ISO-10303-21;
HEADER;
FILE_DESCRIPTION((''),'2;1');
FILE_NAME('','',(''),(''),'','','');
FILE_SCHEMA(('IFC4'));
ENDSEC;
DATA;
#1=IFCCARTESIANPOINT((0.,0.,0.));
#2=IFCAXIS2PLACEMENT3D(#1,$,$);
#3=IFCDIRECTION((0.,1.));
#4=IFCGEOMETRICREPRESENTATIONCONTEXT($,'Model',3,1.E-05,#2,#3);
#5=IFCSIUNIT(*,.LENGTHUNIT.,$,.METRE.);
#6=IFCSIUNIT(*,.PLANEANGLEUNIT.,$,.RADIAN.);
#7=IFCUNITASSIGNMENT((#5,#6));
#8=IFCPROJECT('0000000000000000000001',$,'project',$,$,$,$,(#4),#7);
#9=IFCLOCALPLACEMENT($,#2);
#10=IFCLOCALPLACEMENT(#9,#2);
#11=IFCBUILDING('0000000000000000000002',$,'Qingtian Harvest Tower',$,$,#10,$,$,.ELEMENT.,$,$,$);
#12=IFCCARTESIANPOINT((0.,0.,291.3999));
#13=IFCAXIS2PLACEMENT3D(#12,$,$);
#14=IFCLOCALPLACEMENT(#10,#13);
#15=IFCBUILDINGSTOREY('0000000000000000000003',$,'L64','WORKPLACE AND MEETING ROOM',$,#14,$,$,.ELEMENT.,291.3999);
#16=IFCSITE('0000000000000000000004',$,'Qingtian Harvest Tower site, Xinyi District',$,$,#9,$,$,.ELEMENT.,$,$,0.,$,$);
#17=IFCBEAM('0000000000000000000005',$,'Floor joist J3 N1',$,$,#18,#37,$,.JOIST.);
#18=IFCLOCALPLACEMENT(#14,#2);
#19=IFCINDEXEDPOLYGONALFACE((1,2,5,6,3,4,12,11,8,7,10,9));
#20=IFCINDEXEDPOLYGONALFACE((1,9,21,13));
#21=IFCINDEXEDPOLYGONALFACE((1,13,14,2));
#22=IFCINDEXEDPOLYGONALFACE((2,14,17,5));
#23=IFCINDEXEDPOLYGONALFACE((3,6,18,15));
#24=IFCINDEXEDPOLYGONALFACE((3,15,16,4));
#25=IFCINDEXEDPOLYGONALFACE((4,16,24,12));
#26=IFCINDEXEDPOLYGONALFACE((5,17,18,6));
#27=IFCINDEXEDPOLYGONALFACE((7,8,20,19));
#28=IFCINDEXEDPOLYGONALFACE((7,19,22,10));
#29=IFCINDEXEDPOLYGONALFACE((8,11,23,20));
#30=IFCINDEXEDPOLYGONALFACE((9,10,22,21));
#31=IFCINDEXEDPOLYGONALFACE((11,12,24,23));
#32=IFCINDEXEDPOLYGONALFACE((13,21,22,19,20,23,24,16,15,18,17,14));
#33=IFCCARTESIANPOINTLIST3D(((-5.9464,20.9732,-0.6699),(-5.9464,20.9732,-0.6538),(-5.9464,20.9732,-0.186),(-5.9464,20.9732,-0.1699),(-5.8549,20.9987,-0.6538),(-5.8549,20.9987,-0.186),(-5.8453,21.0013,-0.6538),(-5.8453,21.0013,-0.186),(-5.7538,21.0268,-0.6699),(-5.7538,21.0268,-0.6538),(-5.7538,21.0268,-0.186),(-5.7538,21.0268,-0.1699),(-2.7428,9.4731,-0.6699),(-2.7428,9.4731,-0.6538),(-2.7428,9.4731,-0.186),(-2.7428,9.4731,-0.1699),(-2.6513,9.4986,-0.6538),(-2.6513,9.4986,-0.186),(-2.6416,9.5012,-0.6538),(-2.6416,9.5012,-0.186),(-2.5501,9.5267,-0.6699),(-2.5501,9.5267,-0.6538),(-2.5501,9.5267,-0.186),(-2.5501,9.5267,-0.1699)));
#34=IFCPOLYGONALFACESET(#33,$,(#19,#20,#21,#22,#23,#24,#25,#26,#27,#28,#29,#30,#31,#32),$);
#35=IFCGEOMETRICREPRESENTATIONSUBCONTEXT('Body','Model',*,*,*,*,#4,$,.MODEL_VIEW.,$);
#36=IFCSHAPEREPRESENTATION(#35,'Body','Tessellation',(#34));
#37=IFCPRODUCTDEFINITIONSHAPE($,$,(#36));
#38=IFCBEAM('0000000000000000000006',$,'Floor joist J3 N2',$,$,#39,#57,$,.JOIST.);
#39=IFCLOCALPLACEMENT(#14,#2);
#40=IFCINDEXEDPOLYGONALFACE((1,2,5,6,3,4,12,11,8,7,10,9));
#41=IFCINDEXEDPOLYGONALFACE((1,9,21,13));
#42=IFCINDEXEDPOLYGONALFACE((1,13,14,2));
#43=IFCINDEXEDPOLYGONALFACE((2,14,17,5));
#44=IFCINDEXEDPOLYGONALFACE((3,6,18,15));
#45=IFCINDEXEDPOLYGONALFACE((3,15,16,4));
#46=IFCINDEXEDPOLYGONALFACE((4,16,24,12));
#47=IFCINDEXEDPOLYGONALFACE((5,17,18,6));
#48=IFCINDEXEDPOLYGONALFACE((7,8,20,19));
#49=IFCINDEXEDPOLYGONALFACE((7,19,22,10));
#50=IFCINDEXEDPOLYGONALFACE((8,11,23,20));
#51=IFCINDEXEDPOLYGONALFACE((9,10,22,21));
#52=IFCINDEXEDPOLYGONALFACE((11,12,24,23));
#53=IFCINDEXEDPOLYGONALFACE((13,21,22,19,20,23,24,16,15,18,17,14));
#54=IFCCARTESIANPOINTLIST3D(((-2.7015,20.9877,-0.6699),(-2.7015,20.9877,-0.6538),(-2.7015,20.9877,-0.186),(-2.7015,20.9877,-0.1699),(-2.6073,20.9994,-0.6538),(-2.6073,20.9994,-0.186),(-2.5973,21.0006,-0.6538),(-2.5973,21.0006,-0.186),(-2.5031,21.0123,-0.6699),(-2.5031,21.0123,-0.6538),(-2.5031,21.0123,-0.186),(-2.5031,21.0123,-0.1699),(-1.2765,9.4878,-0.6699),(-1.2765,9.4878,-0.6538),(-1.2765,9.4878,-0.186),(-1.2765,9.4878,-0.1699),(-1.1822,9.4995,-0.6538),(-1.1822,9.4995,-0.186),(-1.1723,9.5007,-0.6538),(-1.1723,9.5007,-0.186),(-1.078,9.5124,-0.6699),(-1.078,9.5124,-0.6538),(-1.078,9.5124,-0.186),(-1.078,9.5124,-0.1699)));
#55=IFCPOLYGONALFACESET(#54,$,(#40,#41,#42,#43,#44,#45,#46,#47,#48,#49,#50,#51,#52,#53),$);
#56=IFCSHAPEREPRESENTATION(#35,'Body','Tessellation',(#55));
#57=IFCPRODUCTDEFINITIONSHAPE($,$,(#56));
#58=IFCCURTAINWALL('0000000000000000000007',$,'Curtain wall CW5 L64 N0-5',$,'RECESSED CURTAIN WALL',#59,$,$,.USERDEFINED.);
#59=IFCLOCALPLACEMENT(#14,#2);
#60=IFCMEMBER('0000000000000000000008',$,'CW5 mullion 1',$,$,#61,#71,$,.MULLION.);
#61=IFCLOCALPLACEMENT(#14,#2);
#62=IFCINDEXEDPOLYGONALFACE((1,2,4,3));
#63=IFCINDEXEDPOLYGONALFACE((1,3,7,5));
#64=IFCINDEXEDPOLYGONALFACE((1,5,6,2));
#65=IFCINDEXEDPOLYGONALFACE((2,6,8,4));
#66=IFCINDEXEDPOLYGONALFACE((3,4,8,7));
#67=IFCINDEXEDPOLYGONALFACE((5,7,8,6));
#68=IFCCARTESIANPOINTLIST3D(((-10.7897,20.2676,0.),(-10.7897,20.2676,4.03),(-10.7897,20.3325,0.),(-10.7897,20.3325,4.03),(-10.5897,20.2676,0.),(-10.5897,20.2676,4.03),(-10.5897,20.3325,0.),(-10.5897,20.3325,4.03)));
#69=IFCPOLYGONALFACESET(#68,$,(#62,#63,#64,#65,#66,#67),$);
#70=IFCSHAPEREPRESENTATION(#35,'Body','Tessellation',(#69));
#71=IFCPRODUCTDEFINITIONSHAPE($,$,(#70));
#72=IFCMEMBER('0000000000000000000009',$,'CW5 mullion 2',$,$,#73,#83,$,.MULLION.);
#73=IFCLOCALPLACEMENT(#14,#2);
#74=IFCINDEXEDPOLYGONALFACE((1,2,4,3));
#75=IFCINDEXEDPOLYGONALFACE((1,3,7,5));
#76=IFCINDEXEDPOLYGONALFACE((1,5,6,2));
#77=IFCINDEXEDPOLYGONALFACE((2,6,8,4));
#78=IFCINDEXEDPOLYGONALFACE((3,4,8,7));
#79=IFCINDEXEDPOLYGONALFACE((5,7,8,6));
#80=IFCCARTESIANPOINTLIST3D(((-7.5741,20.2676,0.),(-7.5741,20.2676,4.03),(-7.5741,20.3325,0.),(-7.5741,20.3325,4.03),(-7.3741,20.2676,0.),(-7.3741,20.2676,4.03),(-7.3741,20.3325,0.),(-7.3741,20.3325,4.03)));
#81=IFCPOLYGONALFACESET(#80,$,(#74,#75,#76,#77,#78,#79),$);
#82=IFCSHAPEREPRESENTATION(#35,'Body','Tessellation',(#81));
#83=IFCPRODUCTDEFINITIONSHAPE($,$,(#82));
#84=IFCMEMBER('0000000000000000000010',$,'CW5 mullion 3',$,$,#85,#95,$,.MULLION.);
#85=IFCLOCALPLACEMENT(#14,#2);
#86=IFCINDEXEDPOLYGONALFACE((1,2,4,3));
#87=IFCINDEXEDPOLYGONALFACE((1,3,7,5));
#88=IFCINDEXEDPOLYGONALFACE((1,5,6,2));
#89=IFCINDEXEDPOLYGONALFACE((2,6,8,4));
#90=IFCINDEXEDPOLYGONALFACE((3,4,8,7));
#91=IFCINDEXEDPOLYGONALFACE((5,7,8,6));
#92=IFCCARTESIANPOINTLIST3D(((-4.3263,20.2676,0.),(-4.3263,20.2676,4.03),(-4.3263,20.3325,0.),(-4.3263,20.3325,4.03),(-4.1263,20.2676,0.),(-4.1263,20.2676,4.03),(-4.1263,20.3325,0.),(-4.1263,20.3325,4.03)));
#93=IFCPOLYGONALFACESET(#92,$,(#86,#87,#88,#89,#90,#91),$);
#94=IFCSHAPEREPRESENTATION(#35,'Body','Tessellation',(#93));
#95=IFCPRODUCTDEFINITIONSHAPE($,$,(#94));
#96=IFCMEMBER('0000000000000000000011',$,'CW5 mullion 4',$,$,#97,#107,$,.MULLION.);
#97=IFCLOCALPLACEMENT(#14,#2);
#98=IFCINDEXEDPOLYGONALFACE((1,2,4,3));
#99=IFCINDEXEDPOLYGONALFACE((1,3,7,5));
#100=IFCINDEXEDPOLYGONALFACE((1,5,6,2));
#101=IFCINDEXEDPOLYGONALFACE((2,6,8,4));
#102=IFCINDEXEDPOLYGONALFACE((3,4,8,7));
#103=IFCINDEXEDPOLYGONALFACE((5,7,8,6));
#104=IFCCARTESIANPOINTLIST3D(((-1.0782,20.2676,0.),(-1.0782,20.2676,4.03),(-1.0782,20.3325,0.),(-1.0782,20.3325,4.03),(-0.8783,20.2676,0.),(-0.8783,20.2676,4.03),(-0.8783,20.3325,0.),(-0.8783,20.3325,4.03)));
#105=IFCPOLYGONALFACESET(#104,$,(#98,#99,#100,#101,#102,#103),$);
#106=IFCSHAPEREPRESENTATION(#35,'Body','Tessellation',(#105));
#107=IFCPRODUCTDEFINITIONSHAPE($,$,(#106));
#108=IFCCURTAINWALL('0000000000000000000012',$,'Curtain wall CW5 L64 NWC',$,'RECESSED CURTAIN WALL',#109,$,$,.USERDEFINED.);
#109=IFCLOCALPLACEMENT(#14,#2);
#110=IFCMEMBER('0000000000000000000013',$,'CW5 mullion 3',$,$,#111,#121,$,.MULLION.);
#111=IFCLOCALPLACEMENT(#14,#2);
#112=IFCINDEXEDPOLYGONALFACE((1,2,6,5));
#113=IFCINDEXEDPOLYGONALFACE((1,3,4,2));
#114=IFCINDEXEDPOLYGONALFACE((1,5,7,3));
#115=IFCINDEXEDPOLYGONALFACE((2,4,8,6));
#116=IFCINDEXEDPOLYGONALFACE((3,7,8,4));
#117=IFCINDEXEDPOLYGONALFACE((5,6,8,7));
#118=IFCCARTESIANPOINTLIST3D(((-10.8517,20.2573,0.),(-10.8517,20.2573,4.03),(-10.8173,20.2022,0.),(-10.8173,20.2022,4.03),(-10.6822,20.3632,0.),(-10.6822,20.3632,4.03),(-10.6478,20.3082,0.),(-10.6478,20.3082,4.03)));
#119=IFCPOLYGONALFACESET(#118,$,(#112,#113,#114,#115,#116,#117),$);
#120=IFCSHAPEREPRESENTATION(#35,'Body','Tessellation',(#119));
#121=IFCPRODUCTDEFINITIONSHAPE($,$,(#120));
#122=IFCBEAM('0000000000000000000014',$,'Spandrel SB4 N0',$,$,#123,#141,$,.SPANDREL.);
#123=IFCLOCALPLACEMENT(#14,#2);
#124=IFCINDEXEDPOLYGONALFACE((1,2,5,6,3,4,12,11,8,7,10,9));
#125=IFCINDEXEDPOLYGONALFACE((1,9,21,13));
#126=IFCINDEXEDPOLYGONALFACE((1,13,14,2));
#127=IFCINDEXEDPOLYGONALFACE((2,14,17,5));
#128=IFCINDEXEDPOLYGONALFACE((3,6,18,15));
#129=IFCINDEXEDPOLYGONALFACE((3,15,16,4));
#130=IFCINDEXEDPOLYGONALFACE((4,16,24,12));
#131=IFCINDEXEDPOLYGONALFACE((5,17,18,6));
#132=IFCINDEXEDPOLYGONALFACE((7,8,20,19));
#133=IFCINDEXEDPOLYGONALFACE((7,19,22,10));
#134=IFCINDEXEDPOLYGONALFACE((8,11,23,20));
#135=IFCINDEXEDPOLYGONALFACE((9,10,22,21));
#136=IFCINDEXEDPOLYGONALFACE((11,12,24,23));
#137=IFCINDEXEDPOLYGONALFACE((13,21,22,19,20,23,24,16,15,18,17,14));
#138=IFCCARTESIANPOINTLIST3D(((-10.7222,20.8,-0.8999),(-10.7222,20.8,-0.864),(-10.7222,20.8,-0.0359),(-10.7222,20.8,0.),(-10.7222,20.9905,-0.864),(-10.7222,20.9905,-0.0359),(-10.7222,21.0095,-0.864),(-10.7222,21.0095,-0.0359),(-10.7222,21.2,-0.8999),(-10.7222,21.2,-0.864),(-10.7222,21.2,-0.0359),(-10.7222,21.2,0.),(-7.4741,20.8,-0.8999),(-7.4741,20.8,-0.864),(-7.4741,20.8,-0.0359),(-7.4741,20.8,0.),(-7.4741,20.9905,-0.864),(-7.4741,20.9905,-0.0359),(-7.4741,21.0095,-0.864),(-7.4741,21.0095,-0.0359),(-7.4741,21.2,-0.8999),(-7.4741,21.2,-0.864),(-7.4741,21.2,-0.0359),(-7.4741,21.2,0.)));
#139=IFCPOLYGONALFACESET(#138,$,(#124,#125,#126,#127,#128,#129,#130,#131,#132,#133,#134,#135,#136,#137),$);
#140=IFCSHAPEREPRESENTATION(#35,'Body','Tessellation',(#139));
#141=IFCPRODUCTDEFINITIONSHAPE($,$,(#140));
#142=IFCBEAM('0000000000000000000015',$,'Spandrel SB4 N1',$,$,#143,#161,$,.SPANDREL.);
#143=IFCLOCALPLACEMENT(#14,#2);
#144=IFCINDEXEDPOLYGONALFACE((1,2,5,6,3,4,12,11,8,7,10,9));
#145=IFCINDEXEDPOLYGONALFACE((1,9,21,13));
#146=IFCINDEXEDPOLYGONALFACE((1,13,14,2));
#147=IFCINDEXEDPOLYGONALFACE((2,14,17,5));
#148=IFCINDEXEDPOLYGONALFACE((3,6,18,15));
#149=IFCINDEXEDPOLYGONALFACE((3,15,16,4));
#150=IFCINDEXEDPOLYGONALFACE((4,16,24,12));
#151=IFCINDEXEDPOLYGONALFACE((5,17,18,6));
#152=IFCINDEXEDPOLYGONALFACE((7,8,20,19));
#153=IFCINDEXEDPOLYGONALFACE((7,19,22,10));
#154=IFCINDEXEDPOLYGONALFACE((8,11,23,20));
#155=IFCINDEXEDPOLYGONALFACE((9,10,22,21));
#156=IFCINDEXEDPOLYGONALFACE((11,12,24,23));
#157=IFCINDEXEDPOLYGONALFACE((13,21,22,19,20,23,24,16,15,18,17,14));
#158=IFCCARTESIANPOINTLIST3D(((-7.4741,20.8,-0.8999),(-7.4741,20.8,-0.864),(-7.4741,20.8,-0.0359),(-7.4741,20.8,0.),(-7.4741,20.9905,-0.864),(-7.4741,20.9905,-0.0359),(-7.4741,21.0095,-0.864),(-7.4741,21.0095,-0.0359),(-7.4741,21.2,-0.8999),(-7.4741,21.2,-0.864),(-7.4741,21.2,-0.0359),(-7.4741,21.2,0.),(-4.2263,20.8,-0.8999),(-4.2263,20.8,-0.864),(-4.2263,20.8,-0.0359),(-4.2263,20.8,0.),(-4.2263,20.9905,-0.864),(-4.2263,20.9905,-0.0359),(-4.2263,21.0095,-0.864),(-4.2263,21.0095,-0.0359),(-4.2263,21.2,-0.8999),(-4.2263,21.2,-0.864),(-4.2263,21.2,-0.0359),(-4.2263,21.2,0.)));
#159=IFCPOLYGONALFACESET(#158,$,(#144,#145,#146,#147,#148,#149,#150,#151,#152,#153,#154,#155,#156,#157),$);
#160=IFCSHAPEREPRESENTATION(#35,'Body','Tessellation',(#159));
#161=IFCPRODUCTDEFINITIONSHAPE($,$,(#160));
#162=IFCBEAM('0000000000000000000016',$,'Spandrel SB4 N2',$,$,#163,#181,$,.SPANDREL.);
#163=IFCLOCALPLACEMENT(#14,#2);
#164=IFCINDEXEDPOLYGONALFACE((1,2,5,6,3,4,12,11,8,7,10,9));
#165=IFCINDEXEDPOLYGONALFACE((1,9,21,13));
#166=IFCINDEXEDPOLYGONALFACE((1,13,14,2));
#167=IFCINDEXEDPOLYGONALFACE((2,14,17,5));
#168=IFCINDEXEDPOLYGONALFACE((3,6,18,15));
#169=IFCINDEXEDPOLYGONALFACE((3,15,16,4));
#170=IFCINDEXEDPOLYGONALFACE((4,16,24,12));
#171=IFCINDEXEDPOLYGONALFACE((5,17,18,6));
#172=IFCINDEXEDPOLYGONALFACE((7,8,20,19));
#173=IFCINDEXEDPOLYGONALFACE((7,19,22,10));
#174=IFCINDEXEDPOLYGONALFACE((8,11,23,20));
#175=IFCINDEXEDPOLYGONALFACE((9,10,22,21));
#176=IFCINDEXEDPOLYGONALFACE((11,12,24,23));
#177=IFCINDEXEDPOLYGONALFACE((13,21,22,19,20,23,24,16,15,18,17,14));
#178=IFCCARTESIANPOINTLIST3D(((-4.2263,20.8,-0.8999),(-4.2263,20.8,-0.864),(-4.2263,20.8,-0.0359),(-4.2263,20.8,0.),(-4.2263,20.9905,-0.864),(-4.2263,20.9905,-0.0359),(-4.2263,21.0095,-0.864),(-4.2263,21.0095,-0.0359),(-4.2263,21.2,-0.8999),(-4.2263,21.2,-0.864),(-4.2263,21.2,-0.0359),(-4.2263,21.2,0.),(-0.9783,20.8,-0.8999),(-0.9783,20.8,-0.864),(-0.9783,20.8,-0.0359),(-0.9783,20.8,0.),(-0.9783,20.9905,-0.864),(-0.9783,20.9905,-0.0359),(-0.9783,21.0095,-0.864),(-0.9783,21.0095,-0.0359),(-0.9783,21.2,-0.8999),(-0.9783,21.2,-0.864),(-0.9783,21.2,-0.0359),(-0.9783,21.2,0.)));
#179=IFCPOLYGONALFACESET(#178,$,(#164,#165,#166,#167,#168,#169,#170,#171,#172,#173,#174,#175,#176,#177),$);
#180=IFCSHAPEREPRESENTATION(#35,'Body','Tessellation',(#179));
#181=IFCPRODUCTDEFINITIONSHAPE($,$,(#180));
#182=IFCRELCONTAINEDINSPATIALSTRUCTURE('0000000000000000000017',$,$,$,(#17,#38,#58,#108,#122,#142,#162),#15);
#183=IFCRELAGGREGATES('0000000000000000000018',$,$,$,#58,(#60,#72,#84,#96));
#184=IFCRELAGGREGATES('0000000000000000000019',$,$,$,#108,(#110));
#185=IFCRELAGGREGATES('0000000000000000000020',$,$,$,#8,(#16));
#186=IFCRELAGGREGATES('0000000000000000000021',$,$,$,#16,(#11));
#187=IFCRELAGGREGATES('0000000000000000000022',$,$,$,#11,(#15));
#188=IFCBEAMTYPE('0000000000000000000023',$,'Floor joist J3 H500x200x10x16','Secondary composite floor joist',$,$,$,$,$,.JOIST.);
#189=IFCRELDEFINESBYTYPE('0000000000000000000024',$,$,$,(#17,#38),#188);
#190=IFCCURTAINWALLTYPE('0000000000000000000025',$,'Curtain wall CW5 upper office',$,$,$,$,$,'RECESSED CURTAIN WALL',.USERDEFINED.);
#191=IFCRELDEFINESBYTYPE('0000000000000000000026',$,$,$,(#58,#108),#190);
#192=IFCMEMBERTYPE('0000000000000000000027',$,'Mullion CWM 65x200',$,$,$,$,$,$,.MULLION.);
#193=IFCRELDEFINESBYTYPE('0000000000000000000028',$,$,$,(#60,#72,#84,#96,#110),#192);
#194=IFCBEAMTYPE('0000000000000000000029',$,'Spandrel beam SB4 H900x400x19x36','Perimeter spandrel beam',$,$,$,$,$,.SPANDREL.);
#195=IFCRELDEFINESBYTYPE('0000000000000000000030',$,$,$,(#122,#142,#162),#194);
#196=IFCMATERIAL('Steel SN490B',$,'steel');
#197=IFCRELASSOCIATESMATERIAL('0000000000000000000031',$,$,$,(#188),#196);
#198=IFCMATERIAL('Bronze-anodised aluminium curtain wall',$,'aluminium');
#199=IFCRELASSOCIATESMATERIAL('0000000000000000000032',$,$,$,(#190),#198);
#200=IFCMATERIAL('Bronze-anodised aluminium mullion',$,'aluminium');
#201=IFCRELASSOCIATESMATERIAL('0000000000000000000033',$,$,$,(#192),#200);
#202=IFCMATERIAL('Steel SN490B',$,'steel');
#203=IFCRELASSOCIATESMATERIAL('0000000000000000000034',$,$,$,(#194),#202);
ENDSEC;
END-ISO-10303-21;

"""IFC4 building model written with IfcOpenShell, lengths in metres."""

from ifc_helpers import new_model, si_unit, direction, frame, origin, origin_2d, place, context, subcontext, project, spatial, rectangle, i_section, extrude, material, material_profile, profile_set, type_object, element, aggregate, save


model = new_model("IFC4")

# Units and contexts
model_context = context("Model", 3, precision=1e-05, world=origin(), true_north=direction((0.0, 1.0)))
body_context = subcontext(model_context, "Body", "Model", "MODEL_VIEW")
ifc_project = project(units=[si_unit("LENGTHUNIT", "METRE"), si_unit("PLANEANGLEUNIT", "RADIAN")], contexts=[model_context])

# Site, building, storey
site_placement = place(None, origin())
site = spatial("IfcSite", under=ifc_project, at=site_placement, Name="Qingtian Harvest Tower site, Xinyi District", CompositionType="ELEMENT", RefElevation=0.0)
building_placement = place(site_placement, origin())
building = spatial("IfcBuilding", under=site, at=building_placement, Name="Qingtian Harvest Tower", CompositionType="ELEMENT")
storey_placement = place(building_placement, frame((0.0, 0.0, 291.3999)))
storey = spatial("IfcBuildingStorey", under=building, at=storey_placement, Name="L64", Description="WORKPLACE AND MEETING ROOM", CompositionType="ELEMENT", Elevation=291.3999)

# Beams
ifc_material_1 = material(Name="Steel SN490B", Category="steel")
ifc_material_profile_1 = material_profile(ifc_material_1, i_section(OverallWidth=0.2, OverallDepth=0.5, WebThickness=0.01, FlangeThickness=0.0161, at=origin_2d()), Name="H500x200x10x16")
ifc_profile_set_1 = profile_set([ifc_material_profile_1], Name="Steel SN490B")
beam_type_1 = type_object("IfcBeamType", Name="Floor joist J3 H500x200x10x16", Description="Secondary composite floor joist", PredefinedType="JOIST", material=ifc_profile_set_1)
beam_1_placement = place(storey_placement, frame((-5.8501, 21.0, -0.4199), z_axis=(0.268357, -0.96332, 0.0), x_axis=(0.96332, 0.268357, 0.0)))
element("IfcBeam", 1, at=beam_1_placement, inside=storey, type_object=beam_type_1, Name="Floor joist J3 N1", PredefinedType="JOIST", context=body_context, shape_type="SweptSolid", body=[
    extrude(i_section(OverallWidth=0.2, OverallDepth=0.5, WebThickness=0.01, FlangeThickness=0.0161, at=origin_2d()), origin(), (0.0, 0.0, 1.0), 11.938),
])
beam_2_placement = place(storey_placement, frame((-2.6023, 21.0, -0.4199), z_axis=(0.122977, -0.99241, 0.0), x_axis=(0.99241, 0.122977, 0.0)))
element("IfcBeam", 2, at=beam_2_placement, inside=storey, type_object=beam_type_1, Name="Floor joist J3 N2", PredefinedType="JOIST", context=body_context, shape_type="SweptSolid", body=[
    extrude(i_section(OverallWidth=0.2, OverallDepth=0.5, WebThickness=0.01, FlangeThickness=0.0161, at=origin_2d()), origin(), (0.0, 0.0, 1.0), 11.5879),
])

# Curtain wall, members
ifc_material_2 = material(Name="Bronze-anodised aluminium curtain wall", Category="aluminium")
curtain_wall_type = type_object("IfcCurtainWallType", Name="Curtain wall CW5 upper office", ElementType="RECESSED CURTAIN WALL", PredefinedType="USERDEFINED", material=ifc_material_2)
curtain_wall_1_placement = place(storey_placement, origin())
curtain_wall_1 = element("IfcCurtainWall", 3, at=curtain_wall_1_placement, inside=storey, type_object=curtain_wall_type, Name="Curtain wall CW5 L64 N0-5", ObjectType="RECESSED CURTAIN WALL", PredefinedType="USERDEFINED")
ifc_material_3 = material(Name="Bronze-anodised aluminium mullion", Category="aluminium")
ifc_material_profile_2 = material_profile(ifc_material_3, rectangle(XDim=0.0649, YDim=0.2, at=origin_2d()), Name="AL 65x200")
ifc_profile_set_2 = profile_set([ifc_material_profile_2], Name="Bronze-anodised aluminium mullion")
member_type_1 = type_object("IfcMemberType", Name="Mullion CWM 65x200", PredefinedType="MULLION", material=ifc_profile_set_2)
member_1_placement = place(storey_placement, frame((-10.6897, 20.3, 0.0), z_axis=(0.0, 0.0, 1.0), x_axis=(0.0, 1.0, 0.0)))
member_1 = element("IfcMember", 4, at=member_1_placement, type_object=member_type_1, Name="CW5 mullion 1", PredefinedType="MULLION", context=body_context, shape_type="SweptSolid", body=[
    extrude(rectangle(XDim=0.0649, YDim=0.2, at=origin_2d()), origin(), (0.0, 0.0, 1.0), 4.03),
])
member_2_placement = place(storey_placement, frame((-7.4741, 20.3, 0.0), z_axis=(0.0, 0.0, 1.0), x_axis=(0.0, 1.0, 0.0)))
member_2 = element("IfcMember", 5, at=member_2_placement, type_object=member_type_1, Name="CW5 mullion 2", PredefinedType="MULLION", context=body_context, shape_type="SweptSolid", body=[
    extrude(rectangle(XDim=0.0649, YDim=0.2, at=origin_2d()), origin(), (0.0, 0.0, 1.0), 4.03),
])
member_3_placement = place(storey_placement, frame((-4.2263, 20.3, 0.0), z_axis=(0.0, 0.0, 1.0), x_axis=(0.0, 1.0, 0.0)))
member_3 = element("IfcMember", 6, at=member_3_placement, type_object=member_type_1, Name="CW5 mullion 3", PredefinedType="MULLION", context=body_context, shape_type="SweptSolid", body=[
    extrude(rectangle(XDim=0.0649, YDim=0.2, at=origin_2d()), origin(), (0.0, 0.0, 1.0), 4.03),
])
member_4_placement = place(storey_placement, frame((-0.9783, 20.3, 0.0), z_axis=(0.0, 0.0, 1.0), x_axis=(0.0, 1.0, 0.0)))
member_4 = element("IfcMember", 7, at=member_4_placement, type_object=member_type_1, Name="CW5 mullion 4", PredefinedType="MULLION", context=body_context, shape_type="SweptSolid", body=[
    extrude(rectangle(XDim=0.0649, YDim=0.2, at=origin_2d()), origin(), (0.0, 0.0, 1.0), 4.03),
])

# Curtain wall, member
curtain_wall_2_placement = place(storey_placement, origin())
curtain_wall_2 = element("IfcCurtainWall", 8, at=curtain_wall_2_placement, inside=storey, type_object=curtain_wall_type, Name="Curtain wall CW5 L64 NWC", ObjectType="RECESSED CURTAIN WALL", PredefinedType="USERDEFINED")
member_5_placement = place(storey_placement, frame((-10.7498, 20.2827, 0.0), z_axis=(0.0, 0.0, 1.0), x_axis=(-0.529919, 0.848048, 0.0)))
member_5 = element("IfcMember", 9, at=member_5_placement, type_object=member_type_1, Name="CW5 mullion 3", PredefinedType="MULLION", context=body_context, shape_type="SweptSolid", body=[
    extrude(rectangle(XDim=0.0649, YDim=0.2, at=origin_2d()), origin(), (0.0, 0.0, 1.0), 4.03),
])

# Beams
ifc_material_4 = material(Name="Steel SN490B", Category="steel")
ifc_material_profile_3 = material_profile(ifc_material_4, i_section(OverallWidth=0.3999, OverallDepth=0.8999, WebThickness=0.019, FlangeThickness=0.0359, at=origin_2d()), Name="H900x400x19x36")
ifc_profile_set_3 = profile_set([ifc_material_profile_3], Name="Steel SN490B")
beam_type_2 = type_object("IfcBeamType", Name="Spandrel beam SB4 H900x400x19x36", Description="Perimeter spandrel beam", PredefinedType="SPANDREL", material=ifc_profile_set_3)
beam_3_placement = place(storey_placement, frame((-10.7222, 21.0, -0.45), z_axis=(1.0, 0.0, 0.0), x_axis=(0.0, 1.0, 0.0)))
element("IfcBeam", 10, at=beam_3_placement, inside=storey, type_object=beam_type_2, Name="Spandrel SB4 N0", PredefinedType="SPANDREL", context=body_context, shape_type="SweptSolid", body=[
    extrude(i_section(OverallWidth=0.3999, OverallDepth=0.8999, WebThickness=0.019, FlangeThickness=0.0359, at=origin_2d()), origin(), (0.0, 0.0, 1.0), 3.248),
])
beam_4_placement = place(storey_placement, frame((-7.4741, 21.0, -0.45), z_axis=(1.0, 0.0, 0.0), x_axis=(0.0, 1.0, 0.0)))
element("IfcBeam", 11, at=beam_4_placement, inside=storey, type_object=beam_type_2, Name="Spandrel SB4 N1", PredefinedType="SPANDREL", context=body_context, shape_type="SweptSolid", body=[
    extrude(i_section(OverallWidth=0.3999, OverallDepth=0.8999, WebThickness=0.019, FlangeThickness=0.0359, at=origin_2d()), origin(), (0.0, 0.0, 1.0), 3.2478),
])
for number, where, z_axis, x_axis, name in (
    (12, (-4.2263, 21.0, -0.45), (1.0, 0.0, 0.0), (0.0, 1.0, 0.0), "Spandrel SB4 N2"),
):
    element("IfcBeam", number, at=place(storey_placement, frame(where, z_axis=z_axis, x_axis=x_axis)), inside=storey, type_object=beam_type_2, Name=name, PredefinedType="SPANDREL", context=body_context, shape_type="SweptSolid", body=[
        extrude(i_section(OverallWidth=0.3999, OverallDepth=0.8999, WebThickness=0.019, FlangeThickness=0.0359, at=origin_2d()), origin(), (0.0, 0.0, 1.0), 3.248),
    ])

aggregate(curtain_wall_1, [member_1, member_2, member_3, member_4])
aggregate(curtain_wall_2, [member_5])

save(model, "model.ifc")
